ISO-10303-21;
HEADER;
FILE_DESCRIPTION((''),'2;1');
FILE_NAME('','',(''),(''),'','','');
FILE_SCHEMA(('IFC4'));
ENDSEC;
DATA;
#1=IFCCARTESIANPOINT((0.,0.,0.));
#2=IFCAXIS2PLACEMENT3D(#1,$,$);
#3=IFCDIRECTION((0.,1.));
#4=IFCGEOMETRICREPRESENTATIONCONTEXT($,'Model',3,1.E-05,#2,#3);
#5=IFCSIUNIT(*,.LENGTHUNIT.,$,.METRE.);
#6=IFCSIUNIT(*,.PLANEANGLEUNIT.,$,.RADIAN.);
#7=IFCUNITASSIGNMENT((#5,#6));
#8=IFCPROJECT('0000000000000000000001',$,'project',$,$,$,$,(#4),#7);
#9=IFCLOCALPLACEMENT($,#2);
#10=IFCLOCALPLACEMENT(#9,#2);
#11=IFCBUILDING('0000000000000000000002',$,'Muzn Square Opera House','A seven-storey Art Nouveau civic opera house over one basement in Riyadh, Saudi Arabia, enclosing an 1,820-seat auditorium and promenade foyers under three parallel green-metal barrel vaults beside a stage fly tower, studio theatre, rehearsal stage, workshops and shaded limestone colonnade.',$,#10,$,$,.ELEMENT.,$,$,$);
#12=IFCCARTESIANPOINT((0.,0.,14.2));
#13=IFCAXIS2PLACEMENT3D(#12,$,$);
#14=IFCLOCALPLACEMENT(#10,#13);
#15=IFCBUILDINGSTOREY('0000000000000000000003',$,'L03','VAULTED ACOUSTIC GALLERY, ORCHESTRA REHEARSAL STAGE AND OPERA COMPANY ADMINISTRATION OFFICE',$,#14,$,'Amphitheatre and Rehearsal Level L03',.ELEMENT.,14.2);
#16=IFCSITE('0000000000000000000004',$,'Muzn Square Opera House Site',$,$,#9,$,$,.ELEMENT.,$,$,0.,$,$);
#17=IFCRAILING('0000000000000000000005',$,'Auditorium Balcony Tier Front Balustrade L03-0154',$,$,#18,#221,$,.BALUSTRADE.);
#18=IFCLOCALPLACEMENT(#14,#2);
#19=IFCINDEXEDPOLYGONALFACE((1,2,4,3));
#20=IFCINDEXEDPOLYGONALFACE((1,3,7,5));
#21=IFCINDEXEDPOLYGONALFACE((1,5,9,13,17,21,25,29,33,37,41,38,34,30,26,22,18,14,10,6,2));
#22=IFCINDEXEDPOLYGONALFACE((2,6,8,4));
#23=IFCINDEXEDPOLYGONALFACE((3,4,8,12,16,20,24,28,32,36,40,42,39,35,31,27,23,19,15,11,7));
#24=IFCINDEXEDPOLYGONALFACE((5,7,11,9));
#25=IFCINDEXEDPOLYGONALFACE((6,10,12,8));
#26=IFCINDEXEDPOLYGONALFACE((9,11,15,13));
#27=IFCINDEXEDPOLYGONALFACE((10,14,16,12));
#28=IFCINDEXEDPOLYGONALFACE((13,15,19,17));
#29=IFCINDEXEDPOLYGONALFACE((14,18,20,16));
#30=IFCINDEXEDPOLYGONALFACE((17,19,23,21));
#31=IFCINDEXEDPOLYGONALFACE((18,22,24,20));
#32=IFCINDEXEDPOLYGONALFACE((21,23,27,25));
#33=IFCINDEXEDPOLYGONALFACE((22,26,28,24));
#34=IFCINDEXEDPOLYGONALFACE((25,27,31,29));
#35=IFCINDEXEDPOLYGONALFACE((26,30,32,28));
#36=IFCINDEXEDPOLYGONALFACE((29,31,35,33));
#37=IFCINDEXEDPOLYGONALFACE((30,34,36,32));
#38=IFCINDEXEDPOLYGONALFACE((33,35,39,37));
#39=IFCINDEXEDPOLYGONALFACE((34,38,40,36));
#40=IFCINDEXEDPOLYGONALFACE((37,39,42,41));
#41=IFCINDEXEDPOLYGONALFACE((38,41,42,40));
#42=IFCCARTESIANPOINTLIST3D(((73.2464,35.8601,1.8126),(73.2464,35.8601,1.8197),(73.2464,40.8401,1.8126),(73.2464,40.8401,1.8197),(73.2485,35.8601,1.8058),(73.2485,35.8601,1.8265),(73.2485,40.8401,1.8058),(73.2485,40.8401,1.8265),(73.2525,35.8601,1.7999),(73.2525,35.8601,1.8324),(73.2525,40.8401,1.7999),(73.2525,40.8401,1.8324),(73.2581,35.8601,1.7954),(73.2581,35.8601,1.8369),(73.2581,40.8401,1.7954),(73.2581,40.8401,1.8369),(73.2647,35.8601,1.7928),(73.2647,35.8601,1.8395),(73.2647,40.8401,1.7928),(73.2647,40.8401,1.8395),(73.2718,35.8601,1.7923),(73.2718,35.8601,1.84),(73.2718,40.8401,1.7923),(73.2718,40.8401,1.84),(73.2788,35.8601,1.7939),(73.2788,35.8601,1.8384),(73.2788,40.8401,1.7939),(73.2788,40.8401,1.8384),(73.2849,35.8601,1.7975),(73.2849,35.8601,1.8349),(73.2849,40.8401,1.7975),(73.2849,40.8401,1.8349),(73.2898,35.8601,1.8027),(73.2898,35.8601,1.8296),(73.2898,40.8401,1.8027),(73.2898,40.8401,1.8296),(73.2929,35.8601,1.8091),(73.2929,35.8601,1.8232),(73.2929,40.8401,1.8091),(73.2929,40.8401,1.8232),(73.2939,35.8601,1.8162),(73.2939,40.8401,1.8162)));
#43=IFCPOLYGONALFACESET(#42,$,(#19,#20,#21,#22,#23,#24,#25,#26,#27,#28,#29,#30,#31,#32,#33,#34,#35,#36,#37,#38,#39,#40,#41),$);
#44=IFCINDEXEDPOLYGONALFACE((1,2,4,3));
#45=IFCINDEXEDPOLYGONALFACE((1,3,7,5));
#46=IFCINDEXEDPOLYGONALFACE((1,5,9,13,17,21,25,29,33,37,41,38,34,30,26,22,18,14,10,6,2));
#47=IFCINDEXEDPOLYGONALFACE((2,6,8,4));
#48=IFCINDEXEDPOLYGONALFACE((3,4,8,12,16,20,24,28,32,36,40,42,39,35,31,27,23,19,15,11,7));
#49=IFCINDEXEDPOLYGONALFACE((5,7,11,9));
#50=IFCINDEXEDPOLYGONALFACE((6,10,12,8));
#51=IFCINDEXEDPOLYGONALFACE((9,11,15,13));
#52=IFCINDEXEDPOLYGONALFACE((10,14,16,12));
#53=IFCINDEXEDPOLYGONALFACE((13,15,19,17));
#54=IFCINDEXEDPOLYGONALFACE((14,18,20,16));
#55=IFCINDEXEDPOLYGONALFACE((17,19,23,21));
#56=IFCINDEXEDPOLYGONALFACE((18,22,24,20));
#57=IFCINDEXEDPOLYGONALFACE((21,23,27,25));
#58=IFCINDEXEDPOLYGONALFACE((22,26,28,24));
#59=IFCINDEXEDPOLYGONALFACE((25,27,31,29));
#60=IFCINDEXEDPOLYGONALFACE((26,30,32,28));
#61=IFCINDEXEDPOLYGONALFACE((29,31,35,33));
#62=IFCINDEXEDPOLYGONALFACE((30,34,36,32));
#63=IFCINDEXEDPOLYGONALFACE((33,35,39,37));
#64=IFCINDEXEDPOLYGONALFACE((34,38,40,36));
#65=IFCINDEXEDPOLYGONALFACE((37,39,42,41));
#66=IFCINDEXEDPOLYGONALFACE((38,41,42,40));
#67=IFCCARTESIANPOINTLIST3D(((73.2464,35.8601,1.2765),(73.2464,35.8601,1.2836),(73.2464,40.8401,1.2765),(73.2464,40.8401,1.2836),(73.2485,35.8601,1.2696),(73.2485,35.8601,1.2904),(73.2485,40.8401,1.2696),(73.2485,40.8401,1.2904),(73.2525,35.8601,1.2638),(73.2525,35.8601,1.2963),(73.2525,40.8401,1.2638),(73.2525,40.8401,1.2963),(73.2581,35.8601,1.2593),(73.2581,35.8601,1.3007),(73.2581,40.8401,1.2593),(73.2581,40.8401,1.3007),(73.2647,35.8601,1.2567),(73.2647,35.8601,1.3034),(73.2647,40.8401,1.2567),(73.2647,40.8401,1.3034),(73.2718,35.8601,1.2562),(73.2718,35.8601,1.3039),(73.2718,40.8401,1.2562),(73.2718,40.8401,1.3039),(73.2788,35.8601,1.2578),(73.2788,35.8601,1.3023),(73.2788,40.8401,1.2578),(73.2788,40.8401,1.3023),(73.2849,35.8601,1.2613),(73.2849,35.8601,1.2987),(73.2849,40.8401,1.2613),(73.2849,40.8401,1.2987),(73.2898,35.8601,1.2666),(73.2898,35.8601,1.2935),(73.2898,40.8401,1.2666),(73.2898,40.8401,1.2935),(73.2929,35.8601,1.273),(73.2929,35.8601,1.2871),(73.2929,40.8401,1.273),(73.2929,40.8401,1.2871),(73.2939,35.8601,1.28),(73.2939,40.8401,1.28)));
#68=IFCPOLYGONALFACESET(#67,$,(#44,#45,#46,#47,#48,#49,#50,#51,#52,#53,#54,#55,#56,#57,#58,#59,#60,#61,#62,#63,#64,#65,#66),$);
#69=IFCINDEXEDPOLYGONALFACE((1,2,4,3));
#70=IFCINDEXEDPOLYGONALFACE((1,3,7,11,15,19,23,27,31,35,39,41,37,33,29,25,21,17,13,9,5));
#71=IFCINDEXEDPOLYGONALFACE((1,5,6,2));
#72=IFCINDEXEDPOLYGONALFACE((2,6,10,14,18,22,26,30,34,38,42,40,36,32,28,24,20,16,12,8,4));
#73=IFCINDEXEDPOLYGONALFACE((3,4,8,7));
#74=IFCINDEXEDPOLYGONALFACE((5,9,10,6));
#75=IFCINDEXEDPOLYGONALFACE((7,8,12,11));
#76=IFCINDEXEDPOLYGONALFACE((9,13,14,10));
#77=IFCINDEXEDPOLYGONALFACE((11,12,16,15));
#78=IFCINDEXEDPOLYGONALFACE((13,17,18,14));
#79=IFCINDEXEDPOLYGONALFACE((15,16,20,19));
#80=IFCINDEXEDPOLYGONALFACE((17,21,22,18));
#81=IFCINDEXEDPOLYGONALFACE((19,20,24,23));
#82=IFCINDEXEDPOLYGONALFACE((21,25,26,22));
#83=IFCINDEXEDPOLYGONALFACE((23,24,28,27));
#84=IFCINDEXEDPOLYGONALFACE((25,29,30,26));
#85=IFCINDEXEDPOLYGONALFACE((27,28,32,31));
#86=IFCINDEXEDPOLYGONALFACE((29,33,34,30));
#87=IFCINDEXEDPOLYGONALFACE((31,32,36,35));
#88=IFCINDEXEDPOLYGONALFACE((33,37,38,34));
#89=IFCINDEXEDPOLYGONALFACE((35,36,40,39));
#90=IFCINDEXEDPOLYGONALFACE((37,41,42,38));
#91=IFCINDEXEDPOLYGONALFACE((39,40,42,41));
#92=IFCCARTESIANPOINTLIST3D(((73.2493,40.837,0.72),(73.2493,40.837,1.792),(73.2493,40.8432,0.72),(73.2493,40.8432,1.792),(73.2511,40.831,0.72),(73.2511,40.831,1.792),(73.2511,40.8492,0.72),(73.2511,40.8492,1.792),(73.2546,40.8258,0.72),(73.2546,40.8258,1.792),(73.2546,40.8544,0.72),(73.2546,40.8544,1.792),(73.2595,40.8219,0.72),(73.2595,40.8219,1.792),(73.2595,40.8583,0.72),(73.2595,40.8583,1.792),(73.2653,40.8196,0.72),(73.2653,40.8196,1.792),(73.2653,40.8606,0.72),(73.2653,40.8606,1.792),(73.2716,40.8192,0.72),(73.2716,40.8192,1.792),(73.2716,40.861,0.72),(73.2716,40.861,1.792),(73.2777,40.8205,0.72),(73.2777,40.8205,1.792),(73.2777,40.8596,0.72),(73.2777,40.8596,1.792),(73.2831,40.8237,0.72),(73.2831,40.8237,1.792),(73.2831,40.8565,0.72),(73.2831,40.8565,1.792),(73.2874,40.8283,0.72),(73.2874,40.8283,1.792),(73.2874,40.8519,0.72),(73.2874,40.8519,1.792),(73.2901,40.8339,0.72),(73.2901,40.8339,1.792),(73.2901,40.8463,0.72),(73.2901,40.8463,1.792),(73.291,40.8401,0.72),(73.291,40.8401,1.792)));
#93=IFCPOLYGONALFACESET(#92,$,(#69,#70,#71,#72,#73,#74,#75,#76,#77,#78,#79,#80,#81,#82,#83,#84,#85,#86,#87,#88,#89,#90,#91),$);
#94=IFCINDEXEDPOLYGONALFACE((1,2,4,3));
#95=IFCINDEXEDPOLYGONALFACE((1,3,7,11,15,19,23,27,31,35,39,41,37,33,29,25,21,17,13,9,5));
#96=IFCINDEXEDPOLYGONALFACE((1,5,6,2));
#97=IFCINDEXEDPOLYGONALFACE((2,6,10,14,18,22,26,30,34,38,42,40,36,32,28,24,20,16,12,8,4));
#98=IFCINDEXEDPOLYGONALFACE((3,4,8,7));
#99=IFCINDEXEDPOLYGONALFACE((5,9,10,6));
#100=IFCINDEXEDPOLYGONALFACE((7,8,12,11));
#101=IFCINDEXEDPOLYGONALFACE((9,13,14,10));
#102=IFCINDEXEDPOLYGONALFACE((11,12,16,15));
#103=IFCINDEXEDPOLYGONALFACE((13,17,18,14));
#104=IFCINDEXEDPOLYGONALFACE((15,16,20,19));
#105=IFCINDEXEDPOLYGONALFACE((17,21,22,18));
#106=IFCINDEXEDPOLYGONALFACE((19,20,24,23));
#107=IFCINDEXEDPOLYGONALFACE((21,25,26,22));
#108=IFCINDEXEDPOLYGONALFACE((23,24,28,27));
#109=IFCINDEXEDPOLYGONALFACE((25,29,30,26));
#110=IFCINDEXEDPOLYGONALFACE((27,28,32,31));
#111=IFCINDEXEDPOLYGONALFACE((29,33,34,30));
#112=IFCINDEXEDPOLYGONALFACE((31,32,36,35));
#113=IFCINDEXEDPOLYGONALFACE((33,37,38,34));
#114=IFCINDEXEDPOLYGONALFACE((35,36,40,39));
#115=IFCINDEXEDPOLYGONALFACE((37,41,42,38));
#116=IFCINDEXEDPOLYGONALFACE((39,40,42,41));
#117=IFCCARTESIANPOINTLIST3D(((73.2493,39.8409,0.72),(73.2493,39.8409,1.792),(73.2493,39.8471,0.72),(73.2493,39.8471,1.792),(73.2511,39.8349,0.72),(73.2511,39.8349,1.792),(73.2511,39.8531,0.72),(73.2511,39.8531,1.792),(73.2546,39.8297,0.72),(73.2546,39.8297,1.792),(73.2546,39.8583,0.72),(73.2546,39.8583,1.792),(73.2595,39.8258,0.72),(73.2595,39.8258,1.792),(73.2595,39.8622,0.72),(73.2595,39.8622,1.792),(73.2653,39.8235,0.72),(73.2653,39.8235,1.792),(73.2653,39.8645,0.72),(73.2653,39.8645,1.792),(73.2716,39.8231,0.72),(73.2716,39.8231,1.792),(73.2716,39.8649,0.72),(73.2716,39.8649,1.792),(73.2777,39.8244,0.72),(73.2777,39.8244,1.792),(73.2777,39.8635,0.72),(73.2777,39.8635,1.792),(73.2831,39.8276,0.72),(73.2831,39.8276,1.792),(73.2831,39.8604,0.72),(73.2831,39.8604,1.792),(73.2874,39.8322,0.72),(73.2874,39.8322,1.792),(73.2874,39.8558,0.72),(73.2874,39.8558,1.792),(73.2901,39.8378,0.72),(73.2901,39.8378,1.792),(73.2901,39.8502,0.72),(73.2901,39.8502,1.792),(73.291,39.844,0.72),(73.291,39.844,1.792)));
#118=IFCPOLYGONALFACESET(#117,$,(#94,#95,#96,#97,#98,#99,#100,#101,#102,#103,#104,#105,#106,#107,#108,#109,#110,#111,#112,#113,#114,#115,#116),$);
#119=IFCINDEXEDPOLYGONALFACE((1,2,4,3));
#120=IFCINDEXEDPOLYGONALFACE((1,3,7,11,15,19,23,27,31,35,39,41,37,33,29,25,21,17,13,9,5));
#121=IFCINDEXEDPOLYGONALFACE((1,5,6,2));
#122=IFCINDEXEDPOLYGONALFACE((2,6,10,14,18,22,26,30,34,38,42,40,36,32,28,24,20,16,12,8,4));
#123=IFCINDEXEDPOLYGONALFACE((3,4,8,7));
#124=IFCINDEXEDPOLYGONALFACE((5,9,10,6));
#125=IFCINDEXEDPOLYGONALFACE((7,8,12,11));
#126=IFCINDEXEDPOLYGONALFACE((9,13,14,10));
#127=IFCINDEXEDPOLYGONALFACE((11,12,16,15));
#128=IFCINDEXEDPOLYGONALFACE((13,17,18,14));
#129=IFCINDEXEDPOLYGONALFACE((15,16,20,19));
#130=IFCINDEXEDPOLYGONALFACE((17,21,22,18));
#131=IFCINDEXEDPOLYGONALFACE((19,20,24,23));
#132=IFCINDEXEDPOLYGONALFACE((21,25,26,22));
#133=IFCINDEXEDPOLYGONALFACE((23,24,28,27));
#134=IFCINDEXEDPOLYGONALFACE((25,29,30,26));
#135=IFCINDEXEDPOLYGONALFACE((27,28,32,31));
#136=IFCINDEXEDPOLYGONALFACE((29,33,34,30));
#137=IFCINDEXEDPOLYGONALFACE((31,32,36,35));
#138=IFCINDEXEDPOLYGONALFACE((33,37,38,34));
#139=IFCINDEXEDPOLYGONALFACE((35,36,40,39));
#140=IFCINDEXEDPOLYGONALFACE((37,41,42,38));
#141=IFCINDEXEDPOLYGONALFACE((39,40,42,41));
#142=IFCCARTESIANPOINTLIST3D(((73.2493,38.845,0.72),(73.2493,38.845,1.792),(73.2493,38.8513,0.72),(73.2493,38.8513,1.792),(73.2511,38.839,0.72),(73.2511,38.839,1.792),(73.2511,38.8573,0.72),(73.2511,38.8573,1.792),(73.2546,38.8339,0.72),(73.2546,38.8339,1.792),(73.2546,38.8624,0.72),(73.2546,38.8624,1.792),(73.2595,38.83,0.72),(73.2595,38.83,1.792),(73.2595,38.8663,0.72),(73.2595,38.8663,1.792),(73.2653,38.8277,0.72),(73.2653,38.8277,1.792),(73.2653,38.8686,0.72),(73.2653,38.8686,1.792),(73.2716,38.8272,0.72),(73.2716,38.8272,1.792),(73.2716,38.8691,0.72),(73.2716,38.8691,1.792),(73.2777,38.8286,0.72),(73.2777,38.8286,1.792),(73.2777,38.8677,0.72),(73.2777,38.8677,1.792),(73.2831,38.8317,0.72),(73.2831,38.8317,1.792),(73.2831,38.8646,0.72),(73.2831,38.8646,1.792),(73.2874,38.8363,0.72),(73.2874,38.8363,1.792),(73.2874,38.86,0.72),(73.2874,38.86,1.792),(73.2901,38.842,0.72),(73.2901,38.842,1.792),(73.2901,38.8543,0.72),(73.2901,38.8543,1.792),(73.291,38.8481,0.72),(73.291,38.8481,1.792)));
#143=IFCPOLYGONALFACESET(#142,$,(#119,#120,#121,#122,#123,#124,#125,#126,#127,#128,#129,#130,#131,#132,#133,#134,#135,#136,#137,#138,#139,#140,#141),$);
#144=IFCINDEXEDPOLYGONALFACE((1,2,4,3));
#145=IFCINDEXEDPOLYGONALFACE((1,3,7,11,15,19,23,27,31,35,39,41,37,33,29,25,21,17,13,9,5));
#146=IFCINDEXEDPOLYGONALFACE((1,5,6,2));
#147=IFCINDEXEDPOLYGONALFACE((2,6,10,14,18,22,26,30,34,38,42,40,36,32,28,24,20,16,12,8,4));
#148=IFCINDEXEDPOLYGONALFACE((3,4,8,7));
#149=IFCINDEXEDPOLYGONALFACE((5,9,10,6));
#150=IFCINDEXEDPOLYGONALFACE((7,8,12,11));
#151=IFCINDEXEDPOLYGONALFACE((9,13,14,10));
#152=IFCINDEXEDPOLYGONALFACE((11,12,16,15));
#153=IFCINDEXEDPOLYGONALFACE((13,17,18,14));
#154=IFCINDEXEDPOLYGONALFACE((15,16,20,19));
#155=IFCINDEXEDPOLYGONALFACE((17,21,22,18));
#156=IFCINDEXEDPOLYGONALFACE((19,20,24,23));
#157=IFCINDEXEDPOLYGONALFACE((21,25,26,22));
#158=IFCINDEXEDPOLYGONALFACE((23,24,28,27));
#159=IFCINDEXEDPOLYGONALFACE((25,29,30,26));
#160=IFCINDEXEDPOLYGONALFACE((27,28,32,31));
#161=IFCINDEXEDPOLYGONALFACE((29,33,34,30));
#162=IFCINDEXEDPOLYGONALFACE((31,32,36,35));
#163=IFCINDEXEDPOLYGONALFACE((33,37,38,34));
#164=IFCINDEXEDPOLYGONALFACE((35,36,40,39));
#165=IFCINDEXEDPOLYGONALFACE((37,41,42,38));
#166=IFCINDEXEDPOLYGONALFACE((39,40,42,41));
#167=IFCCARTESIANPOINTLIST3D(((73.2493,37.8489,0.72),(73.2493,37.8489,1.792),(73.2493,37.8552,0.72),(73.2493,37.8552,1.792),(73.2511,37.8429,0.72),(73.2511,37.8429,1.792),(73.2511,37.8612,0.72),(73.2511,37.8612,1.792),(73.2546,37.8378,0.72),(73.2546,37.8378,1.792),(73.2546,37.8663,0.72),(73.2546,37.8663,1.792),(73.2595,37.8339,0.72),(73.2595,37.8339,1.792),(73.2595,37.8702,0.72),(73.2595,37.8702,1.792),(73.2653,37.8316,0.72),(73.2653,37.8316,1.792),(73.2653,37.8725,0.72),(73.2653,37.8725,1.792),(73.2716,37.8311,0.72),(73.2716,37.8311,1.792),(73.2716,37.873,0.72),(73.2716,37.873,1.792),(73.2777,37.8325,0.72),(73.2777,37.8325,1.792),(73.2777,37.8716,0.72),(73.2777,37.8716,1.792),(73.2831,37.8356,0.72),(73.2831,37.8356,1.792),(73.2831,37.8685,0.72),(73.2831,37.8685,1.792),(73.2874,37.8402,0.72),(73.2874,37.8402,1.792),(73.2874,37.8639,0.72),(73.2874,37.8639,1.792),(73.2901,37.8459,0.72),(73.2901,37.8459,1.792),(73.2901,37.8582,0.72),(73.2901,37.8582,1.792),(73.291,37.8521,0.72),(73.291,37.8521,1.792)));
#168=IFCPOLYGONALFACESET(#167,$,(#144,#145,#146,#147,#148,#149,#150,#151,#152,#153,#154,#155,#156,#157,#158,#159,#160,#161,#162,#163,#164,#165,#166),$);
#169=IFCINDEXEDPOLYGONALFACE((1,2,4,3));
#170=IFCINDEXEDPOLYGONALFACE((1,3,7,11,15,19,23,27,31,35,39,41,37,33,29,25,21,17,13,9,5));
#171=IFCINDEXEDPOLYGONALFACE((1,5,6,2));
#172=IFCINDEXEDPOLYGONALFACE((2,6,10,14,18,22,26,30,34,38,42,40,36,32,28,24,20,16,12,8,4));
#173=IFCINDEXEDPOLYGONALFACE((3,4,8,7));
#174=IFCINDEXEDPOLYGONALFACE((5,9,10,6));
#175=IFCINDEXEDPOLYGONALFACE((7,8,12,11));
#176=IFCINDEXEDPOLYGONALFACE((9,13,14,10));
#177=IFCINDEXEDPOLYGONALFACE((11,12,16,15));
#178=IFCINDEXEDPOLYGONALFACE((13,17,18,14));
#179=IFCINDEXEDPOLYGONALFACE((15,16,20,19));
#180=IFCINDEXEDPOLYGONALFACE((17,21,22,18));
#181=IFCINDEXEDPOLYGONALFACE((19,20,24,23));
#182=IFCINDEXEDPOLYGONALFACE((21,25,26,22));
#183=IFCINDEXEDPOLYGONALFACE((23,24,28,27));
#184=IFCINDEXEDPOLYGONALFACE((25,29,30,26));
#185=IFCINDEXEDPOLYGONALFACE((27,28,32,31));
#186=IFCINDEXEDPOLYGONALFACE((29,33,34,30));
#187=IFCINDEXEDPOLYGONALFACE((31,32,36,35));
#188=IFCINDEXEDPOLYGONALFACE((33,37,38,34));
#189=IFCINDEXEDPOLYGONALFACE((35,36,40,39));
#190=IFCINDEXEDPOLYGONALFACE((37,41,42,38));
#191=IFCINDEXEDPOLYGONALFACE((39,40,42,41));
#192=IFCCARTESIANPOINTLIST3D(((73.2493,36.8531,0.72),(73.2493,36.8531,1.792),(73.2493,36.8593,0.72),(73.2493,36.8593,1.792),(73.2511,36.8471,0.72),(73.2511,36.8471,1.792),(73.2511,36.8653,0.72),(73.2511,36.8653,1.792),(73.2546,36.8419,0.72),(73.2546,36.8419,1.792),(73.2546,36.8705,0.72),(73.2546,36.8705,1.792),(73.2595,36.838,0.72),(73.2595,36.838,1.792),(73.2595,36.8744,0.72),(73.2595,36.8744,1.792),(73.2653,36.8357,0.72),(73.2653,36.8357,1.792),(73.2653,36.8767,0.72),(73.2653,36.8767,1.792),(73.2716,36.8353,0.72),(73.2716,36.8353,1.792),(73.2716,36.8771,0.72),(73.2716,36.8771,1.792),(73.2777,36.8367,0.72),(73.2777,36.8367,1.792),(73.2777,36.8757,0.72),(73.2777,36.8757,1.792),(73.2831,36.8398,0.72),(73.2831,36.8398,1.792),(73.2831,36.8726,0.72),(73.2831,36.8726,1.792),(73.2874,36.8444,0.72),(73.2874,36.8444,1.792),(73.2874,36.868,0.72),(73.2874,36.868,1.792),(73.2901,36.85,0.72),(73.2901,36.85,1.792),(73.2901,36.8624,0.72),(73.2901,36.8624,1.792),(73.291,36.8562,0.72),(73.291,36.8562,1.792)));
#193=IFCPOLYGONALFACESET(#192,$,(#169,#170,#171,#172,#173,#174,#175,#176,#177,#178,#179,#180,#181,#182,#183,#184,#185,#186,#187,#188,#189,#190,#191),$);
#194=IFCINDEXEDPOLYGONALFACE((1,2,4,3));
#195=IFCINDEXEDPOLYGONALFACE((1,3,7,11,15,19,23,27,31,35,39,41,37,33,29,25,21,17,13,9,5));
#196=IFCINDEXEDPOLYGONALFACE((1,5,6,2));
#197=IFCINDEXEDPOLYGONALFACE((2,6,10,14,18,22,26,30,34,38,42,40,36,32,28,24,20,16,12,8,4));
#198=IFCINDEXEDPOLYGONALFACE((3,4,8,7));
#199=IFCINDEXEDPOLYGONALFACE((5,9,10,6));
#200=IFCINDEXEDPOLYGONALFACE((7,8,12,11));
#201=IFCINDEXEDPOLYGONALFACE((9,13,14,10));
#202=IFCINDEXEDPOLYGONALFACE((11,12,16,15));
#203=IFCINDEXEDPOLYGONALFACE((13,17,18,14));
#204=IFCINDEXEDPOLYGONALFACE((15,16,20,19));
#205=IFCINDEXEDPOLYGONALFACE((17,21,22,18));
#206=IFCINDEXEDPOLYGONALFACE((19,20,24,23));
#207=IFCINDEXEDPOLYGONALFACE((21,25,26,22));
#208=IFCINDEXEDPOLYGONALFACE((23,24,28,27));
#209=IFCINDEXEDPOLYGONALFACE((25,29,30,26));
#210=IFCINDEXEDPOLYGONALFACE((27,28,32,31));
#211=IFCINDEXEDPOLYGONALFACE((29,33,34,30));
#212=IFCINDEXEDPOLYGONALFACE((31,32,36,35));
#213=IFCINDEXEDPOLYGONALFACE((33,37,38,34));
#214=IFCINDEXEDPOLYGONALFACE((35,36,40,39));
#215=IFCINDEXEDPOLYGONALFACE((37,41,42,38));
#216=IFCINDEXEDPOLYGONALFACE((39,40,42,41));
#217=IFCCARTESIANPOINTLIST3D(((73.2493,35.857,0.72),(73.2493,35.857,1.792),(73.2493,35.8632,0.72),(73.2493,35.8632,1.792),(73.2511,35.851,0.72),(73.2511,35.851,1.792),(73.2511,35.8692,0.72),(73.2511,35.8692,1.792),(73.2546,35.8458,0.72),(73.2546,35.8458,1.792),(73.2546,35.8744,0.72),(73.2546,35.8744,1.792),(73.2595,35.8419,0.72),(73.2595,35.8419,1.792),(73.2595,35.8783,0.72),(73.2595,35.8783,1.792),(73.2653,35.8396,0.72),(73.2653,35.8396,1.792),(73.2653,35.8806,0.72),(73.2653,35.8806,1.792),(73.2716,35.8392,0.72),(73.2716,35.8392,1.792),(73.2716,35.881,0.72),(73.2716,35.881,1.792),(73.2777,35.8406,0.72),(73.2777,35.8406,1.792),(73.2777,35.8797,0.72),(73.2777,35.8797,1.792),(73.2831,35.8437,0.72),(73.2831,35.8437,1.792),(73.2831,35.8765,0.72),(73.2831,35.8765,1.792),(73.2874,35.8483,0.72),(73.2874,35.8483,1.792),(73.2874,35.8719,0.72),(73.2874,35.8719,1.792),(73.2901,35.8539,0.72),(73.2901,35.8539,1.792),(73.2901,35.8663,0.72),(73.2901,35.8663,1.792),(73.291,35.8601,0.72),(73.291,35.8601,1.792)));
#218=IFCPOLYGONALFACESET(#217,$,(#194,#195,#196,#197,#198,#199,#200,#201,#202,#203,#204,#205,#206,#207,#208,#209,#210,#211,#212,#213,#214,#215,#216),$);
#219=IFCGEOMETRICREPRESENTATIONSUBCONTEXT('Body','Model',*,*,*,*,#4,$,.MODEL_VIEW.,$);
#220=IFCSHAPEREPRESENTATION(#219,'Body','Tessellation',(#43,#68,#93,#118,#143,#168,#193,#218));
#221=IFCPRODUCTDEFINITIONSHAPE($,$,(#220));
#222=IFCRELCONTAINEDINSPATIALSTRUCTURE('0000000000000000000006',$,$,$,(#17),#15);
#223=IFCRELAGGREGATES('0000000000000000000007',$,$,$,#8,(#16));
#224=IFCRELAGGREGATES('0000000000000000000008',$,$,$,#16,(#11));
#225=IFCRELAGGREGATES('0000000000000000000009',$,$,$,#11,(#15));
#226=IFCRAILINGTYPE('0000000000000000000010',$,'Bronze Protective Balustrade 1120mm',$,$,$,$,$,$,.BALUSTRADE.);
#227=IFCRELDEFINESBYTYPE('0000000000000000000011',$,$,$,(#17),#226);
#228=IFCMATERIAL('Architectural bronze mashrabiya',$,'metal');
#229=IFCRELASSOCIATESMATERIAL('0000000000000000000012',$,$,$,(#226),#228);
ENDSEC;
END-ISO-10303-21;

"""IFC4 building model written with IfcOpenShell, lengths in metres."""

from ifc_helpers import new_model, si_unit, direction, frame, origin, origin_2d, place, context, subcontext, project, spatial, circle, extrude, material, type_object, element, save


model = new_model("IFC4")

# Units and contexts
model_context = context("Model", 3, precision=1e-05, world=origin(), true_north=direction((0.0, 1.0)))
body_context = subcontext(model_context, "Body", "Model", "MODEL_VIEW")
ifc_project = project(units=[si_unit("LENGTHUNIT", "METRE"), si_unit("PLANEANGLEUNIT", "RADIAN")], contexts=[model_context])

# Site, building, storey
site_placement = place(None, origin())
site = spatial("IfcSite", under=ifc_project, at=site_placement, Name="Muzn Square Opera House Site", CompositionType="ELEMENT", RefElevation=0.0)
building_placement = place(site_placement, origin())
building = spatial("IfcBuilding", under=site, at=building_placement, Name="Muzn Square Opera House", Description="A seven-storey Art Nouveau civic opera house over one basement in Riyadh, Saudi Arabia, enclosing an 1,820-seat auditorium and promenade foyers under three parallel green-metal barrel vaults beside a stage fly tower, studio theatre, rehearsal stage, workshops and shaded limestone colonnade.", CompositionType="ELEMENT")
storey_placement = place(building_placement, frame((0.0, 0.0, 14.2)))
storey = spatial("IfcBuildingStorey", under=building, at=storey_placement, Name="L03", Description="VAULTED ACOUSTIC GALLERY, ORCHESTRA REHEARSAL STAGE AND OPERA COMPANY ADMINISTRATION OFFICE", LongName="Amphitheatre and Rehearsal Level L03", CompositionType="ELEMENT", Elevation=14.2)

# Railing
ifc_material_1 = material(Name="Architectural bronze mashrabiya", Category="metal")
railing_type = type_object("IfcRailingType", Name="Bronze Protective Balustrade 1120mm", PredefinedType="BALUSTRADE", material=ifc_material_1)
railing_1_placement = place(storey_placement, frame((73.27, 40.8401, 0.72)))
element("IfcRailing", 1, at=railing_1_placement, inside=storey, type_object=railing_type, Name="Auditorium Balcony Tier Front Balustrade L03-0154", PredefinedType="BALUSTRADE", context=body_context, shape_type="SweptSolid", body=[
    extrude(circle(Radius=0.0239, at=origin_2d()), frame((0.0, 0.0, 1.0962), z_axis=(0.0, -1.0, 0.0), x_axis=(1.0, 0.0, 0.0)), (0.0, 0.0, 1.0), 4.98),
    extrude(circle(Radius=0.0239, at=origin_2d()), frame((0.0, 0.0, 0.5601), z_axis=(0.0, -1.0, 0.0), x_axis=(1.0, 0.0, 0.0)), (0.0, 0.0, 1.0), 4.98),
    extrude(circle(Radius=0.021, at=origin_2d()), origin(), (0.0, 0.0, 1.0), 1.072),
    extrude(circle(Radius=0.021, at=origin_2d()), frame((0.0, -0.9961, 0.0)), (0.0, 0.0, 1.0), 1.072),
    extrude(circle(Radius=0.021, at=origin_2d()), frame((0.0, -1.9919, 0.0)), (0.0, 0.0, 1.0), 1.072),
    extrude(circle(Radius=0.021, at=origin_2d()), frame((0.0, -2.988, 0.0)), (0.0, 0.0, 1.0), 1.072),
    extrude(circle(Radius=0.021, at=origin_2d()), frame((0.0, -3.9839, 0.0)), (0.0, 0.0, 1.0), 1.072),
    extrude(circle(Radius=0.021, at=origin_2d()), frame((0.0, -4.98, 0.0)), (0.0, 0.0, 1.0), 1.072),
])

save(model, "model.ifc")
